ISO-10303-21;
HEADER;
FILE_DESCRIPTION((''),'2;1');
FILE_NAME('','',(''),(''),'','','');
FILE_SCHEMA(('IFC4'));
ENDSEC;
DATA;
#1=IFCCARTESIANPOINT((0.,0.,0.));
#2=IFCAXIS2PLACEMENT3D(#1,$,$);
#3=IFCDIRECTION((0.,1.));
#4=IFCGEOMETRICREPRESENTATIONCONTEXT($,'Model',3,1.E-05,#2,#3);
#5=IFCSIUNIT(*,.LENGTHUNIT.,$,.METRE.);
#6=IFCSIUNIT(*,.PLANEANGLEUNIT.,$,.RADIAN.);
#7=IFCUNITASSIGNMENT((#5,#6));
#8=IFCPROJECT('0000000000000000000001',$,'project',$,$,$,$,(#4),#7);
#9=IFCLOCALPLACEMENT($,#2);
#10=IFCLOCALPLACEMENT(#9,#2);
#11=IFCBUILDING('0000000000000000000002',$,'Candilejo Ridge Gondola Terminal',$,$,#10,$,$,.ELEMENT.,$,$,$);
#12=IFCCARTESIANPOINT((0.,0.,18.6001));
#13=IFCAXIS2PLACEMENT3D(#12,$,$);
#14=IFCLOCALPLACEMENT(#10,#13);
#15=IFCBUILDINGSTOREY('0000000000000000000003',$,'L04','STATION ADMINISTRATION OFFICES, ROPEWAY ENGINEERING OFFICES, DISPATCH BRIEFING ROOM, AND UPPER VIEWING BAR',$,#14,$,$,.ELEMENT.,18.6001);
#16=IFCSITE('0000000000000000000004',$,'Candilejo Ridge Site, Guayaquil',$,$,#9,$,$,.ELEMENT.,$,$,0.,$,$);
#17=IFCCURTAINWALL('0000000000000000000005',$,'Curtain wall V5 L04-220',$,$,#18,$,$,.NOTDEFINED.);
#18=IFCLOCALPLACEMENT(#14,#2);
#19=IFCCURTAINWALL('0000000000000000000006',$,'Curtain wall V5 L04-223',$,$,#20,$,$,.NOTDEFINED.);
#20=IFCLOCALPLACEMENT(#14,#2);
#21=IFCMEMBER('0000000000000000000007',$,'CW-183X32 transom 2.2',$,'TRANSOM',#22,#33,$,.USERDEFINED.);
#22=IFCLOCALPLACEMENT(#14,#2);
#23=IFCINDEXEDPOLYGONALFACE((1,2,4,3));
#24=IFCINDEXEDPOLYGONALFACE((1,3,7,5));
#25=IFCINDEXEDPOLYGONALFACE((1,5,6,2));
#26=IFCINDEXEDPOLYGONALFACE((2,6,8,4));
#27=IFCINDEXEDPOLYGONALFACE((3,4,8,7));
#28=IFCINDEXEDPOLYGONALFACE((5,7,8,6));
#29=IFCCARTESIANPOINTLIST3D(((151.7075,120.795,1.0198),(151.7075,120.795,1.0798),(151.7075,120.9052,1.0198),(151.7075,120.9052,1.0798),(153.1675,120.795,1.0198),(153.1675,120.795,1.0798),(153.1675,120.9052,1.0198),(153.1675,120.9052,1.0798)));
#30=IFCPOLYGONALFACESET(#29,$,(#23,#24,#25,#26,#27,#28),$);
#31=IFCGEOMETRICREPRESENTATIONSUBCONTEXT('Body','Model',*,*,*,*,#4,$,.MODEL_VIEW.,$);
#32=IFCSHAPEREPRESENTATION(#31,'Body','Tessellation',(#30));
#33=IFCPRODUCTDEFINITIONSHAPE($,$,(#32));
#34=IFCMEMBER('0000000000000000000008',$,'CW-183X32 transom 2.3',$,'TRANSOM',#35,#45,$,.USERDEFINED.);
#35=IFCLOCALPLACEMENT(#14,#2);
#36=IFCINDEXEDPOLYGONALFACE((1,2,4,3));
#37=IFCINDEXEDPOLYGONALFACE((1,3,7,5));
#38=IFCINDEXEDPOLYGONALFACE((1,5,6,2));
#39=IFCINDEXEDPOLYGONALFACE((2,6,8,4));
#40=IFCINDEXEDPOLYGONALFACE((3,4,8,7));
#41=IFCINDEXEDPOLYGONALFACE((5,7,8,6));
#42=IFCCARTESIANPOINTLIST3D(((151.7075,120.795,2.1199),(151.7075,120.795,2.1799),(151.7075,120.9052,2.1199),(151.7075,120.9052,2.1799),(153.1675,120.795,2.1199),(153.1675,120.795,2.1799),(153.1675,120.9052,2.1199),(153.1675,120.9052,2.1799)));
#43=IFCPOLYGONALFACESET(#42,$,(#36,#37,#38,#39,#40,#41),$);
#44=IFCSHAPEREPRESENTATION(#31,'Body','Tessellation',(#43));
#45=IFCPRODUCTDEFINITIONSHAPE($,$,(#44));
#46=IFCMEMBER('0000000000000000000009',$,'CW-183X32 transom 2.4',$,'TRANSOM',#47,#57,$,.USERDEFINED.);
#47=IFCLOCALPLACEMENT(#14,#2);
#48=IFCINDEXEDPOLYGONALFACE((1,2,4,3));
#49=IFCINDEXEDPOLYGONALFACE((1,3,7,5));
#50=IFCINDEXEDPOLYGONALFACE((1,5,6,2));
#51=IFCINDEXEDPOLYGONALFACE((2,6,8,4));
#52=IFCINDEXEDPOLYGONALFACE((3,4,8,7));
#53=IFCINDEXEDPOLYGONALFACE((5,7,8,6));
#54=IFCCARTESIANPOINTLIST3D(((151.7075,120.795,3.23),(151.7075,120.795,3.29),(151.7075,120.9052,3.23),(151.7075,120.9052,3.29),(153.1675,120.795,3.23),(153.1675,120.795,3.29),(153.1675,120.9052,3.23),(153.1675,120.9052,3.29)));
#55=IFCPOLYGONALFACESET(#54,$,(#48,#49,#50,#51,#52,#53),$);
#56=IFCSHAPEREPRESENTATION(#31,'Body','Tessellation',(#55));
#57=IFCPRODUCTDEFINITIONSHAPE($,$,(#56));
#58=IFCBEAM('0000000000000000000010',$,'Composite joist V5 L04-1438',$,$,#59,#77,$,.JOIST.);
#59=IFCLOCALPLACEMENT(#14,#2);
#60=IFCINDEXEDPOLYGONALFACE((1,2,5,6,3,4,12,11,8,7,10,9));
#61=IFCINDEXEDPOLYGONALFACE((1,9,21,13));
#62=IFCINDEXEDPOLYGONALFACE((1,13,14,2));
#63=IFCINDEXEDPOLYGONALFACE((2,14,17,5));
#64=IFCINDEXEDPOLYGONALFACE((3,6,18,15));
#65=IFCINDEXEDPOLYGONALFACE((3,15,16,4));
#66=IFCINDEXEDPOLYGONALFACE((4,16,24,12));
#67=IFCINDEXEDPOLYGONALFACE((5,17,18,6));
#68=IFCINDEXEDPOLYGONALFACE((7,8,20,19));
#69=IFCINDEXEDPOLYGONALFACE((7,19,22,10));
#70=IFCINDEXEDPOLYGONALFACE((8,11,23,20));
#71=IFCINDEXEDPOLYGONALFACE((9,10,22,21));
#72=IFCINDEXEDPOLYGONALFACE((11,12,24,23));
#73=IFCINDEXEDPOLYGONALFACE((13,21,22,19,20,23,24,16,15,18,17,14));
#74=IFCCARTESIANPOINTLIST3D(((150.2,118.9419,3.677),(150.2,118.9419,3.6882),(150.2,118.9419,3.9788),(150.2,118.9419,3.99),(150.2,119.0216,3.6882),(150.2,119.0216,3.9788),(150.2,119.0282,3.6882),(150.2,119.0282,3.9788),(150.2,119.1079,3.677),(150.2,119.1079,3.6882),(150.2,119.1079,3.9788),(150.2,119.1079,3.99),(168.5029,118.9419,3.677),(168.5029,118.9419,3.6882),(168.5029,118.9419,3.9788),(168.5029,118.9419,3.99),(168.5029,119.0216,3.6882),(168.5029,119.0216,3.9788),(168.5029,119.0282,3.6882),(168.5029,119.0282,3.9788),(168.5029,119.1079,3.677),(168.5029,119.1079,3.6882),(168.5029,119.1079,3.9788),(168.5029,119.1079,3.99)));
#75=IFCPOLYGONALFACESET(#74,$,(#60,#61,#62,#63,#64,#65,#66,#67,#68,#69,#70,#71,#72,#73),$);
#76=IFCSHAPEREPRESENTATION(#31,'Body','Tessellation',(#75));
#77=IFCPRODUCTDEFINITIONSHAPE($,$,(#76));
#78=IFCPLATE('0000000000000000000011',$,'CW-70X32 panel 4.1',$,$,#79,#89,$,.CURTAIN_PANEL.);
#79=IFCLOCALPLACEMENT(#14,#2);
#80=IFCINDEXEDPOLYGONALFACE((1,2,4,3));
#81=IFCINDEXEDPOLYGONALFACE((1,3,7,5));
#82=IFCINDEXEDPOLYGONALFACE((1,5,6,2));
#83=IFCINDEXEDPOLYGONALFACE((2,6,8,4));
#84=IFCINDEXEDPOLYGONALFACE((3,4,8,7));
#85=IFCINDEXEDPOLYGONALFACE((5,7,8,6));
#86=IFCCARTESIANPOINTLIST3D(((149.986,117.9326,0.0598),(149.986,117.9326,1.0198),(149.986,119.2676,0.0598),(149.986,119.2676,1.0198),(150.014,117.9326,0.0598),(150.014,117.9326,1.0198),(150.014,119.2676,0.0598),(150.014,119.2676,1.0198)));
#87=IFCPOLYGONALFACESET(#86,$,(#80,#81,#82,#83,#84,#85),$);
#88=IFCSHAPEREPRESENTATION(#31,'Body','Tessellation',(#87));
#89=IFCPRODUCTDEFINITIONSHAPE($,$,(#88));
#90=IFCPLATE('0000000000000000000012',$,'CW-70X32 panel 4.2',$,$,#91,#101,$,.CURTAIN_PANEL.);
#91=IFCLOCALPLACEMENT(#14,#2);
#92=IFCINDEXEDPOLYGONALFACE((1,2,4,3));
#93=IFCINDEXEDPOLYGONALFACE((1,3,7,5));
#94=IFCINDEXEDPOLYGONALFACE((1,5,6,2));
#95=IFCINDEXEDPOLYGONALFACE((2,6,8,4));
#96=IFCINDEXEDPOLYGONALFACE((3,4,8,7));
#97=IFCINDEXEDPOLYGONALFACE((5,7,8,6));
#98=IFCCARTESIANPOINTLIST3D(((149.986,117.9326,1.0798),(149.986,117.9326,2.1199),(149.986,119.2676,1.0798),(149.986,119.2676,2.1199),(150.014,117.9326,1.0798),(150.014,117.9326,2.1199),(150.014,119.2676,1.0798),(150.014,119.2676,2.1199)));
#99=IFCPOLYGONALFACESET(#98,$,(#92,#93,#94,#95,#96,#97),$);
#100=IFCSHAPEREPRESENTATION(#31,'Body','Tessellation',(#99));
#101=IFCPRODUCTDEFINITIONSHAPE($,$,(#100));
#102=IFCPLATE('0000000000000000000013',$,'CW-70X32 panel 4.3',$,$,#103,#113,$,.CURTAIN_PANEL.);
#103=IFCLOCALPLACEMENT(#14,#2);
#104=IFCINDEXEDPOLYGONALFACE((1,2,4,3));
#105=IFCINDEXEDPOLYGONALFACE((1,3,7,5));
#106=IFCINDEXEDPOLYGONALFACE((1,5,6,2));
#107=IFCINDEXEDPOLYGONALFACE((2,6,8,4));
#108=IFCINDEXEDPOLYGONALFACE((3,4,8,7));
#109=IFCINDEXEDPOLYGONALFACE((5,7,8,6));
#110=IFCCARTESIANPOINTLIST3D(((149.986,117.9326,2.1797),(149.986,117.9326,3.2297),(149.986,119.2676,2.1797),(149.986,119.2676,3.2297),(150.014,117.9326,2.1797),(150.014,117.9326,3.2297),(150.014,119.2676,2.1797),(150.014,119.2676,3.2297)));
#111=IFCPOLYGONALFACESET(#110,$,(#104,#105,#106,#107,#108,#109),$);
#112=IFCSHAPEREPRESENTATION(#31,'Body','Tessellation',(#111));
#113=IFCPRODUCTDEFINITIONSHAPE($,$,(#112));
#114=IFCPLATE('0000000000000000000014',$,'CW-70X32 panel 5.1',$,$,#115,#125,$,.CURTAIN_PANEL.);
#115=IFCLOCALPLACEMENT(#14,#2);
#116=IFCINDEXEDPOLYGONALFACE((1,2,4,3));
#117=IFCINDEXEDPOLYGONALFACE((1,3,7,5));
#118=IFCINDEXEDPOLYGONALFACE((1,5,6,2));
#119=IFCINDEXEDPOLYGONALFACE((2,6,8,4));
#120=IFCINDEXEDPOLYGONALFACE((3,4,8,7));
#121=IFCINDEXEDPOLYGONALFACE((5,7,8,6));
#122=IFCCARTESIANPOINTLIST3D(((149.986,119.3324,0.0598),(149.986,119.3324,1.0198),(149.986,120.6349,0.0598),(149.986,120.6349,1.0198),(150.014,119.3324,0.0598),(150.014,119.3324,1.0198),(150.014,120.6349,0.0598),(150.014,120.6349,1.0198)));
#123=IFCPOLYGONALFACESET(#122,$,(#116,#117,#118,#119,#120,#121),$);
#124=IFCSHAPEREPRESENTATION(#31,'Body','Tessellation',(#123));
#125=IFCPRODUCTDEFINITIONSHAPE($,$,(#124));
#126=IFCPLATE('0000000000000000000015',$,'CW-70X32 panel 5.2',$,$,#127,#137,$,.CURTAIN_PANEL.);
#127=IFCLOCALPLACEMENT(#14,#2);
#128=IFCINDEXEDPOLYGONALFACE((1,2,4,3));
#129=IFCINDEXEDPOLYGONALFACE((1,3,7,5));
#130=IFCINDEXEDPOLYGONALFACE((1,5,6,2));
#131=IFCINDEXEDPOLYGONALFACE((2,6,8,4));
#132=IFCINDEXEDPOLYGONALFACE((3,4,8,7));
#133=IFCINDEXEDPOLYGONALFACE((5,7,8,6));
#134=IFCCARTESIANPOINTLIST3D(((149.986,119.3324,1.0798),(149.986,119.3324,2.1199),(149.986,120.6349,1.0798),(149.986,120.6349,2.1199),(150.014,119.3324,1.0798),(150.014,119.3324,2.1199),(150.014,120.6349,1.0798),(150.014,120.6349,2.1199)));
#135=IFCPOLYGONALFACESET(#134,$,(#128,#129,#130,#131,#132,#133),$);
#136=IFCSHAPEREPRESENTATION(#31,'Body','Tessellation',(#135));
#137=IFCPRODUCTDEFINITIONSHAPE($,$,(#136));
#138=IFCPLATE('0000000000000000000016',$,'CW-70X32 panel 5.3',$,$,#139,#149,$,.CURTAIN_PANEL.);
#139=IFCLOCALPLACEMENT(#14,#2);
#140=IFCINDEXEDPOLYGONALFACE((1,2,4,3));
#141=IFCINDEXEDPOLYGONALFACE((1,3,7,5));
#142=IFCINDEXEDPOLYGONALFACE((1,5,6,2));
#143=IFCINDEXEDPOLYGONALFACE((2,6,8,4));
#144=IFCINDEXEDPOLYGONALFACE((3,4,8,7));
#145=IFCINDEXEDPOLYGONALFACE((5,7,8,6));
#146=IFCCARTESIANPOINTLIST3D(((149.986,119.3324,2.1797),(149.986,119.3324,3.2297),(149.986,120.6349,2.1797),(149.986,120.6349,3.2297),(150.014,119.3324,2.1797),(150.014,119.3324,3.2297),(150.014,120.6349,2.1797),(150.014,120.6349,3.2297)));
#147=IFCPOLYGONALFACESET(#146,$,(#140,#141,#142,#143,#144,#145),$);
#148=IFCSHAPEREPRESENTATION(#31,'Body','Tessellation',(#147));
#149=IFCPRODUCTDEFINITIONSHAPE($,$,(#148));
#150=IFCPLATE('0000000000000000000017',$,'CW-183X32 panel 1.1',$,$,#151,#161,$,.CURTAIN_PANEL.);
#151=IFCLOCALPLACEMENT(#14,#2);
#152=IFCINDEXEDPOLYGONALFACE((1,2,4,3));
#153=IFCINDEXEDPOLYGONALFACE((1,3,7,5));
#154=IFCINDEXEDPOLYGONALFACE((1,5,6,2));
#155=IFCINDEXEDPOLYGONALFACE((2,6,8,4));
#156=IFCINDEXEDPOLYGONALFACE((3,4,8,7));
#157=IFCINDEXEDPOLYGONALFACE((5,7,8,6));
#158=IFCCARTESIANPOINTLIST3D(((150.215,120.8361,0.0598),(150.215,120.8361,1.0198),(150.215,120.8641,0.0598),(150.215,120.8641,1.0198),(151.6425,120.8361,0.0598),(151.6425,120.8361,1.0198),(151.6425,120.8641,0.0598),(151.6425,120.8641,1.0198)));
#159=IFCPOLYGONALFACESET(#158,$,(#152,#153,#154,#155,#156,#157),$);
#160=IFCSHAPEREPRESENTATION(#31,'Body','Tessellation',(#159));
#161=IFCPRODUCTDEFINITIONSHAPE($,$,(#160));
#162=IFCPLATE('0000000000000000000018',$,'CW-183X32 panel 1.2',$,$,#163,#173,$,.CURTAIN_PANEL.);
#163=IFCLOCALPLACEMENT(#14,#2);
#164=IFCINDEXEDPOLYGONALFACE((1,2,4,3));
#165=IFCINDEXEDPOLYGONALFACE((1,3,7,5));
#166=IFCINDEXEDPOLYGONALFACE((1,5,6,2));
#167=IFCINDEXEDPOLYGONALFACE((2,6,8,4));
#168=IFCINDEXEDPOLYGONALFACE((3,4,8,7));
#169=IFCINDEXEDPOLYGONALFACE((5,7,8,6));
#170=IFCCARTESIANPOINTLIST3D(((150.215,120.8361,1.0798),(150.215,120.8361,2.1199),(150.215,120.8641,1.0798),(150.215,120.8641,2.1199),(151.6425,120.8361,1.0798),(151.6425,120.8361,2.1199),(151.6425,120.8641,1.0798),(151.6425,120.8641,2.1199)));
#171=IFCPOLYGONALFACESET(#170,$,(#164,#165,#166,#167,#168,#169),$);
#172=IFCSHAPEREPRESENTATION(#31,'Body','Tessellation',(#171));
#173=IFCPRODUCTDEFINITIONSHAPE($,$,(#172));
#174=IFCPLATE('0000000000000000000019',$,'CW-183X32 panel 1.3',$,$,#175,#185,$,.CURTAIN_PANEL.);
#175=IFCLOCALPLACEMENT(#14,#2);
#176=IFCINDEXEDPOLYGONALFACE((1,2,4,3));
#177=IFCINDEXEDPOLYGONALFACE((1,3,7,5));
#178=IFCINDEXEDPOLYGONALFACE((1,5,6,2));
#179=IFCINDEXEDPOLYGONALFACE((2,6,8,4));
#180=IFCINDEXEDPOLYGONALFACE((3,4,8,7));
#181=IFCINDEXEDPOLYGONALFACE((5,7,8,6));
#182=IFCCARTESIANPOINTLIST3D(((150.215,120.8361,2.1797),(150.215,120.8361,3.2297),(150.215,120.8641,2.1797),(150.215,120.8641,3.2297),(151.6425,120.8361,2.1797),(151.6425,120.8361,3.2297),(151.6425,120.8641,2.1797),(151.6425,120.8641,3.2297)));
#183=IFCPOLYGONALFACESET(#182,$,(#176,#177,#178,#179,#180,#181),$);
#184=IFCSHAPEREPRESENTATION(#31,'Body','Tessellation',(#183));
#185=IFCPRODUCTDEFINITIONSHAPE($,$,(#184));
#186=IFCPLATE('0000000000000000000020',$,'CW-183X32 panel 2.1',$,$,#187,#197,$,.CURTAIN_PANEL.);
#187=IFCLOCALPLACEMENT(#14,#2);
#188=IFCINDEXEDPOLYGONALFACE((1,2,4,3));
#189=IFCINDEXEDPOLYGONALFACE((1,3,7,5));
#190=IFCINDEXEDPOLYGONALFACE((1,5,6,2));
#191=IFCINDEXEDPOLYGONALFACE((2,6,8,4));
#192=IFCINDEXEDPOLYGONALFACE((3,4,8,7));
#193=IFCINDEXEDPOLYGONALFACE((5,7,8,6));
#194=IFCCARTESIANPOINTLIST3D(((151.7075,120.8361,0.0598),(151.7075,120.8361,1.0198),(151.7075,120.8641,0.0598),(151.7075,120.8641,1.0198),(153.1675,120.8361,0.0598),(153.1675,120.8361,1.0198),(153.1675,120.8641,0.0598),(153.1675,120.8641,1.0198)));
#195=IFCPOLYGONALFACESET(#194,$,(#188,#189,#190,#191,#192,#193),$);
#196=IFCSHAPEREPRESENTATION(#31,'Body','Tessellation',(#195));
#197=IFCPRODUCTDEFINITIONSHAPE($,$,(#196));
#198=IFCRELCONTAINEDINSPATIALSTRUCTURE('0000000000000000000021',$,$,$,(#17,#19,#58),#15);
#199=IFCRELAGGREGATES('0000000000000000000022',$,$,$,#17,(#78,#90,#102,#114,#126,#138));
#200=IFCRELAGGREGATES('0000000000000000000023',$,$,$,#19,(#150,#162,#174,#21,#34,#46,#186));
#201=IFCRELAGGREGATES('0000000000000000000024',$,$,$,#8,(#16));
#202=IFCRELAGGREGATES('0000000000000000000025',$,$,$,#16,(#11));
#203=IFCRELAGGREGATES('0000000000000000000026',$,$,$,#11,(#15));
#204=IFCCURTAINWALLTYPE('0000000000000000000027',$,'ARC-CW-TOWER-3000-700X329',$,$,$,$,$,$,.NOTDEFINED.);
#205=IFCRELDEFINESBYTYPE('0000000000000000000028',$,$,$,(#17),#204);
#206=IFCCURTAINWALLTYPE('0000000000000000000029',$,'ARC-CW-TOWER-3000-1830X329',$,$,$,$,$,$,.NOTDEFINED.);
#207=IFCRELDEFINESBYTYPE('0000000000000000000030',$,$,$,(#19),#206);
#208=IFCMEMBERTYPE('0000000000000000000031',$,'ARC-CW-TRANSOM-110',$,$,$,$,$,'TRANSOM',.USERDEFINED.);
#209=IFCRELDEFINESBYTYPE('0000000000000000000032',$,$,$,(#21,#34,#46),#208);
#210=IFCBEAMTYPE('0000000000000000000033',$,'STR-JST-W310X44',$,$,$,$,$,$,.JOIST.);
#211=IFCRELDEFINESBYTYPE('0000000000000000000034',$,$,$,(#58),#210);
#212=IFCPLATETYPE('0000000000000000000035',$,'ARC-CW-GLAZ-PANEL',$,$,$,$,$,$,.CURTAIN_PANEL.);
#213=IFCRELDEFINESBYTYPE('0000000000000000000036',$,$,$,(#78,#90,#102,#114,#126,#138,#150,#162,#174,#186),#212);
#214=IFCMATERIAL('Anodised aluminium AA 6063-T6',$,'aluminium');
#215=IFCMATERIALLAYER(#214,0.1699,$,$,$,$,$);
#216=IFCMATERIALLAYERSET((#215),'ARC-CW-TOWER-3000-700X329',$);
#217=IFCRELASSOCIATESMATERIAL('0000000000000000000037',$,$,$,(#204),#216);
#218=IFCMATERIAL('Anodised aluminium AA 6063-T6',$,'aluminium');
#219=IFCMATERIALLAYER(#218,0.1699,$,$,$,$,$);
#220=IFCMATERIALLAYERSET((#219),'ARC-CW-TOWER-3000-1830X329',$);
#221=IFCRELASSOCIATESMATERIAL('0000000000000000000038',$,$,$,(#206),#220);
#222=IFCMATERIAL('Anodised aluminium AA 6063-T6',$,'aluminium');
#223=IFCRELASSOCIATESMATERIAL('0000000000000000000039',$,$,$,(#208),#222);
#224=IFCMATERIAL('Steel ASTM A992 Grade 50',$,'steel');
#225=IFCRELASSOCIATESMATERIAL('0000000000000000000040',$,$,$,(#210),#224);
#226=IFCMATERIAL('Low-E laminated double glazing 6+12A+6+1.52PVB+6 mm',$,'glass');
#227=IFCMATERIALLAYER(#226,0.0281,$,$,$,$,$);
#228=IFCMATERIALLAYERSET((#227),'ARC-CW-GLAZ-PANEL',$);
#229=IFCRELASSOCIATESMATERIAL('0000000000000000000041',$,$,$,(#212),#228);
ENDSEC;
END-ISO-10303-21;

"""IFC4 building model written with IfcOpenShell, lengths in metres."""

from ifc_helpers import new_model, si_unit, direction, frame, origin, origin_2d, place, context, subcontext, project, spatial, rectangle, i_section, extrude, material, layer, layer_set, material_profile, profile_set, type_object, element, aggregate, save


model = new_model("IFC4")

# Units and contexts
model_context = context("Model", 3, precision=1e-05, world=origin(), true_north=direction((0.0, 1.0)))
body_context = subcontext(model_context, "Body", "Model", "MODEL_VIEW")
ifc_project = project(units=[si_unit("LENGTHUNIT", "METRE"), si_unit("PLANEANGLEUNIT", "RADIAN")], contexts=[model_context])

# Site, building, storey
site_placement = place(None, origin())
site = spatial("IfcSite", under=ifc_project, at=site_placement, Name="Candilejo Ridge Site, Guayaquil", CompositionType="ELEMENT", RefElevation=0.0)
building_placement = place(site_placement, origin())
building = spatial("IfcBuilding", under=site, at=building_placement, Name="Candilejo Ridge Gondola Terminal", CompositionType="ELEMENT")
storey_placement = place(building_placement, frame((0.0, 0.0, 18.6001)))
storey = spatial("IfcBuildingStorey", under=building, at=storey_placement, Name="L04", Description="STATION ADMINISTRATION OFFICES, ROPEWAY ENGINEERING OFFICES, DISPATCH BRIEFING ROOM, AND UPPER VIEWING BAR", CompositionType="ELEMENT", Elevation=18.6001)

# Curtain walls
ifc_material_1 = material(Name="Anodised aluminium AA 6063-T6", Category="aluminium")
ifc_layer_1 = layer(ifc_material_1, 0.1699)
ifc_layer_set_1 = layer_set([ifc_layer_1], Name="ARC-CW-TOWER-3000-700X329")
curtain_wall_type_1 = type_object("IfcCurtainWallType", Name="ARC-CW-TOWER-3000-700X329", PredefinedType="NOTDEFINED", material=ifc_layer_set_1)
curtain_wall_1_placement = place(storey_placement, origin())
curtain_wall_1 = element("IfcCurtainWall", 1, at=curtain_wall_1_placement, inside=storey, type_object=curtain_wall_type_1, Name="Curtain wall V5 L04-220", PredefinedType="NOTDEFINED")
ifc_material_2 = material(Name="Anodised aluminium AA 6063-T6", Category="aluminium")
ifc_layer_2 = layer(ifc_material_2, 0.1699)
ifc_layer_set_2 = layer_set([ifc_layer_2], Name="ARC-CW-TOWER-3000-1830X329")
curtain_wall_type_2 = type_object("IfcCurtainWallType", Name="ARC-CW-TOWER-3000-1830X329", PredefinedType="NOTDEFINED", material=ifc_layer_set_2)
curtain_wall_2_placement = place(storey_placement, origin())
curtain_wall_2 = element("IfcCurtainWall", 2, at=curtain_wall_2_placement, inside=storey, type_object=curtain_wall_type_2, Name="Curtain wall V5 L04-223", PredefinedType="NOTDEFINED")

# Members
ifc_material_3 = material(Name="Anodised aluminium AA 6063-T6", Category="aluminium")
ifc_material_profile_1 = material_profile(ifc_material_3, rectangle(XDim=0.1101, YDim=0.0601, at=origin_2d()))
ifc_profile_set_1 = profile_set([ifc_material_profile_1], Name="Anodised aluminium AA 6063-T6")
member_type_1 = type_object("IfcMemberType", Name="ARC-CW-TRANSOM-110", ElementType="TRANSOM", PredefinedType="USERDEFINED", material=ifc_profile_set_1)
member_1_placement = place(storey_placement, frame((151.7075, 120.8501, 1.0498), z_axis=(1.0, 0.0, 0.0), x_axis=(0.0, 1.0, 0.0)))
member_1 = element("IfcMember", 3, at=member_1_placement, type_object=member_type_1, Name="CW-183X32 transom 2.2", ObjectType="TRANSOM", PredefinedType="USERDEFINED", context=body_context, shape_type="SweptSolid", body=[
    extrude(rectangle(XDim=0.1101, YDim=0.0601, at=origin_2d()), origin(), (0.0, 0.0, 1.0), 1.46),
])
member_2_placement = place(storey_placement, frame((151.7075, 120.8501, 2.1499), z_axis=(1.0, 0.0, 0.0), x_axis=(0.0, 1.0, 0.0)))
member_2 = element("IfcMember", 4, at=member_2_placement, type_object=member_type_1, Name="CW-183X32 transom 2.3", ObjectType="TRANSOM", PredefinedType="USERDEFINED", context=body_context, shape_type="SweptSolid", body=[
    extrude(rectangle(XDim=0.1101, YDim=0.0601, at=origin_2d()), origin(), (0.0, 0.0, 1.0), 1.46),
])
member_3_placement = place(storey_placement, frame((151.7075, 120.8501, 3.26), z_axis=(1.0, 0.0, 0.0), x_axis=(0.0, 1.0, 0.0)))
member_3 = element("IfcMember", 5, at=member_3_placement, type_object=member_type_1, Name="CW-183X32 transom 2.4", ObjectType="TRANSOM", PredefinedType="USERDEFINED", context=body_context, shape_type="SweptSolid", body=[
    extrude(rectangle(XDim=0.1101, YDim=0.0601, at=origin_2d()), origin(), (0.0, 0.0, 1.0), 1.46),
])

# Beam
ifc_material_4 = material(Name="Steel ASTM A992 Grade 50", Category="steel")
ifc_material_profile_2 = material_profile(ifc_material_4, i_section(OverallWidth=0.166, OverallDepth=0.313, WebThickness=0.0066, FlangeThickness=0.0112, at=origin_2d()))
ifc_profile_set_2 = profile_set([ifc_material_profile_2], Name="Steel ASTM A992 Grade 50")
beam_type = type_object("IfcBeamType", Name="STR-JST-W310X44", PredefinedType="JOIST", material=ifc_profile_set_2)
beam_placement = place(storey_placement, frame((150.2, 119.0249, 3.8335), z_axis=(1.0, 0.0, 0.0), x_axis=(0.0, 1.0, 0.0)))
element("IfcBeam", 6, at=beam_placement, inside=storey, type_object=beam_type, Name="Composite joist V5 L04-1438", PredefinedType="JOIST", context=body_context, shape_type="SweptSolid", body=[
    extrude(i_section(OverallWidth=0.166, OverallDepth=0.313, WebThickness=0.0066, FlangeThickness=0.0112, at=origin_2d()), origin(), (0.0, 0.0, 1.0), 18.303),
])

# Plates
ifc_material_5 = material(Name="Low-E laminated double glazing 6+12A+6+1.52PVB+6 mm", Category="glass")
ifc_layer_3 = layer(ifc_material_5, 0.0281)
ifc_layer_set_3 = layer_set([ifc_layer_3], Name="ARC-CW-GLAZ-PANEL")
plate_type = type_object("IfcPlateType", Name="ARC-CW-GLAZ-PANEL", PredefinedType="CURTAIN_PANEL", material=ifc_layer_set_3)
plate_1_placement = place(storey_placement, frame((150.0, 118.6001, 0.0598), z_axis=(0.0, 0.0, 1.0), x_axis=(0.0, 1.0, 0.0)))
plate_1 = element("IfcPlate", 7, at=plate_1_placement, type_object=plate_type, Name="CW-70X32 panel 4.1", PredefinedType="CURTAIN_PANEL", context=body_context, shape_type="SweptSolid", body=[
    extrude(rectangle(XDim=1.335, YDim=0.0281, at=origin_2d()), origin(), (0.0, 0.0, 1.0), 0.96),
])
plate_2_placement = place(storey_placement, frame((150.0, 118.6001, 1.0798), z_axis=(0.0, 0.0, 1.0), x_axis=(0.0, 1.0, 0.0)))
plate_2 = element("IfcPlate", 8, at=plate_2_placement, type_object=plate_type, Name="CW-70X32 panel 4.2", PredefinedType="CURTAIN_PANEL", context=body_context, shape_type="SweptSolid", body=[
    extrude(rectangle(XDim=1.335, YDim=0.0281, at=origin_2d()), origin(), (0.0, 0.0, 1.0), 1.04),
])
plate_3_placement = place(storey_placement, frame((150.0, 118.6001, 2.1797), z_axis=(0.0, 0.0, 1.0), x_axis=(0.0, 1.0, 0.0)))
plate_3 = element("IfcPlate", 9, at=plate_3_placement, type_object=plate_type, Name="CW-70X32 panel 4.3", PredefinedType="CURTAIN_PANEL", context=body_context, shape_type="SweptSolid", body=[
    extrude(rectangle(XDim=1.335, YDim=0.0281, at=origin_2d()), origin(), (0.0, 0.0, 1.0), 1.05),
])
plate_4_placement = place(storey_placement, frame((150.0, 119.9836, 0.0598), z_axis=(0.0, 0.0, 1.0), x_axis=(0.0, 1.0, 0.0)))
plate_4 = element("IfcPlate", 10, at=plate_4_placement, type_object=plate_type, Name="CW-70X32 panel 5.1", PredefinedType="CURTAIN_PANEL", context=body_context, shape_type="SweptSolid", body=[
    extrude(rectangle(XDim=1.3025, YDim=0.0281, at=origin_2d()), origin(), (0.0, 0.0, 1.0), 0.96),
])
plate_5_placement = place(storey_placement, frame((150.0, 119.9836, 1.0798), z_axis=(0.0, 0.0, 1.0), x_axis=(0.0, 1.0, 0.0)))
plate_5 = element("IfcPlate", 11, at=plate_5_placement, type_object=plate_type, Name="CW-70X32 panel 5.2", PredefinedType="CURTAIN_PANEL", context=body_context, shape_type="SweptSolid", body=[
    extrude(rectangle(XDim=1.3025, YDim=0.0281, at=origin_2d()), origin(), (0.0, 0.0, 1.0), 1.04),
])
plate_6_placement = place(storey_placement, frame((150.0, 119.9836, 2.1797), z_axis=(0.0, 0.0, 1.0), x_axis=(0.0, 1.0, 0.0)))
plate_6 = element("IfcPlate", 12, at=plate_6_placement, type_object=plate_type, Name="CW-70X32 panel 5.3", PredefinedType="CURTAIN_PANEL", context=body_context, shape_type="SweptSolid", body=[
    extrude(rectangle(XDim=1.3025, YDim=0.0281, at=origin_2d()), origin(), (0.0, 0.0, 1.0), 1.05),
])
aggregate(curtain_wall_1, [plate_1, plate_2, plate_3, plate_4, plate_5, plate_6])
plate_7_placement = place(storey_placement, frame((150.9287, 120.8501, 0.0598), z_axis=(0.0, 0.0, 1.0), x_axis=(1.0, 0.0, 0.0)))
plate_7 = element("IfcPlate", 13, at=plate_7_placement, type_object=plate_type, Name="CW-183X32 panel 1.1", PredefinedType="CURTAIN_PANEL", context=body_context, shape_type="SweptSolid", body=[
    extrude(rectangle(XDim=1.4275, YDim=0.0281, at=origin_2d()), origin(), (0.0, 0.0, 1.0), 0.96),
])
plate_8_placement = place(storey_placement, frame((150.9287, 120.8501, 1.0798), z_axis=(0.0, 0.0, 1.0), x_axis=(1.0, 0.0, 0.0)))
plate_8 = element("IfcPlate", 14, at=plate_8_placement, type_object=plate_type, Name="CW-183X32 panel 1.2", PredefinedType="CURTAIN_PANEL", context=body_context, shape_type="SweptSolid", body=[
    extrude(rectangle(XDim=1.4275, YDim=0.0281, at=origin_2d()), origin(), (0.0, 0.0, 1.0), 1.04),
])
plate_9_placement = place(storey_placement, frame((150.9287, 120.8501, 2.1797), z_axis=(0.0, 0.0, 1.0), x_axis=(1.0, 0.0, 0.0)))
plate_9 = element("IfcPlate", 15, at=plate_9_placement, type_object=plate_type, Name="CW-183X32 panel 1.3", PredefinedType="CURTAIN_PANEL", context=body_context, shape_type="SweptSolid", body=[
    extrude(rectangle(XDim=1.4275, YDim=0.0281, at=origin_2d()), origin(), (0.0, 0.0, 1.0), 1.05),
])
plate_10_placement = place(storey_placement, frame((152.4375, 120.8501, 0.0598), z_axis=(0.0, 0.0, 1.0), x_axis=(1.0, 0.0, 0.0)))
plate_10 = element("IfcPlate", 16, at=plate_10_placement, type_object=plate_type, Name="CW-183X32 panel 2.1", PredefinedType="CURTAIN_PANEL", context=body_context, shape_type="SweptSolid", body=[
    extrude(rectangle(XDim=1.46, YDim=0.0281, at=origin_2d()), origin(), (0.0, 0.0, 1.0), 0.96),
])
aggregate(curtain_wall_2, [plate_7, plate_8, plate_9, member_1, member_2, member_3, plate_10])

save(model, "model.ifc")
